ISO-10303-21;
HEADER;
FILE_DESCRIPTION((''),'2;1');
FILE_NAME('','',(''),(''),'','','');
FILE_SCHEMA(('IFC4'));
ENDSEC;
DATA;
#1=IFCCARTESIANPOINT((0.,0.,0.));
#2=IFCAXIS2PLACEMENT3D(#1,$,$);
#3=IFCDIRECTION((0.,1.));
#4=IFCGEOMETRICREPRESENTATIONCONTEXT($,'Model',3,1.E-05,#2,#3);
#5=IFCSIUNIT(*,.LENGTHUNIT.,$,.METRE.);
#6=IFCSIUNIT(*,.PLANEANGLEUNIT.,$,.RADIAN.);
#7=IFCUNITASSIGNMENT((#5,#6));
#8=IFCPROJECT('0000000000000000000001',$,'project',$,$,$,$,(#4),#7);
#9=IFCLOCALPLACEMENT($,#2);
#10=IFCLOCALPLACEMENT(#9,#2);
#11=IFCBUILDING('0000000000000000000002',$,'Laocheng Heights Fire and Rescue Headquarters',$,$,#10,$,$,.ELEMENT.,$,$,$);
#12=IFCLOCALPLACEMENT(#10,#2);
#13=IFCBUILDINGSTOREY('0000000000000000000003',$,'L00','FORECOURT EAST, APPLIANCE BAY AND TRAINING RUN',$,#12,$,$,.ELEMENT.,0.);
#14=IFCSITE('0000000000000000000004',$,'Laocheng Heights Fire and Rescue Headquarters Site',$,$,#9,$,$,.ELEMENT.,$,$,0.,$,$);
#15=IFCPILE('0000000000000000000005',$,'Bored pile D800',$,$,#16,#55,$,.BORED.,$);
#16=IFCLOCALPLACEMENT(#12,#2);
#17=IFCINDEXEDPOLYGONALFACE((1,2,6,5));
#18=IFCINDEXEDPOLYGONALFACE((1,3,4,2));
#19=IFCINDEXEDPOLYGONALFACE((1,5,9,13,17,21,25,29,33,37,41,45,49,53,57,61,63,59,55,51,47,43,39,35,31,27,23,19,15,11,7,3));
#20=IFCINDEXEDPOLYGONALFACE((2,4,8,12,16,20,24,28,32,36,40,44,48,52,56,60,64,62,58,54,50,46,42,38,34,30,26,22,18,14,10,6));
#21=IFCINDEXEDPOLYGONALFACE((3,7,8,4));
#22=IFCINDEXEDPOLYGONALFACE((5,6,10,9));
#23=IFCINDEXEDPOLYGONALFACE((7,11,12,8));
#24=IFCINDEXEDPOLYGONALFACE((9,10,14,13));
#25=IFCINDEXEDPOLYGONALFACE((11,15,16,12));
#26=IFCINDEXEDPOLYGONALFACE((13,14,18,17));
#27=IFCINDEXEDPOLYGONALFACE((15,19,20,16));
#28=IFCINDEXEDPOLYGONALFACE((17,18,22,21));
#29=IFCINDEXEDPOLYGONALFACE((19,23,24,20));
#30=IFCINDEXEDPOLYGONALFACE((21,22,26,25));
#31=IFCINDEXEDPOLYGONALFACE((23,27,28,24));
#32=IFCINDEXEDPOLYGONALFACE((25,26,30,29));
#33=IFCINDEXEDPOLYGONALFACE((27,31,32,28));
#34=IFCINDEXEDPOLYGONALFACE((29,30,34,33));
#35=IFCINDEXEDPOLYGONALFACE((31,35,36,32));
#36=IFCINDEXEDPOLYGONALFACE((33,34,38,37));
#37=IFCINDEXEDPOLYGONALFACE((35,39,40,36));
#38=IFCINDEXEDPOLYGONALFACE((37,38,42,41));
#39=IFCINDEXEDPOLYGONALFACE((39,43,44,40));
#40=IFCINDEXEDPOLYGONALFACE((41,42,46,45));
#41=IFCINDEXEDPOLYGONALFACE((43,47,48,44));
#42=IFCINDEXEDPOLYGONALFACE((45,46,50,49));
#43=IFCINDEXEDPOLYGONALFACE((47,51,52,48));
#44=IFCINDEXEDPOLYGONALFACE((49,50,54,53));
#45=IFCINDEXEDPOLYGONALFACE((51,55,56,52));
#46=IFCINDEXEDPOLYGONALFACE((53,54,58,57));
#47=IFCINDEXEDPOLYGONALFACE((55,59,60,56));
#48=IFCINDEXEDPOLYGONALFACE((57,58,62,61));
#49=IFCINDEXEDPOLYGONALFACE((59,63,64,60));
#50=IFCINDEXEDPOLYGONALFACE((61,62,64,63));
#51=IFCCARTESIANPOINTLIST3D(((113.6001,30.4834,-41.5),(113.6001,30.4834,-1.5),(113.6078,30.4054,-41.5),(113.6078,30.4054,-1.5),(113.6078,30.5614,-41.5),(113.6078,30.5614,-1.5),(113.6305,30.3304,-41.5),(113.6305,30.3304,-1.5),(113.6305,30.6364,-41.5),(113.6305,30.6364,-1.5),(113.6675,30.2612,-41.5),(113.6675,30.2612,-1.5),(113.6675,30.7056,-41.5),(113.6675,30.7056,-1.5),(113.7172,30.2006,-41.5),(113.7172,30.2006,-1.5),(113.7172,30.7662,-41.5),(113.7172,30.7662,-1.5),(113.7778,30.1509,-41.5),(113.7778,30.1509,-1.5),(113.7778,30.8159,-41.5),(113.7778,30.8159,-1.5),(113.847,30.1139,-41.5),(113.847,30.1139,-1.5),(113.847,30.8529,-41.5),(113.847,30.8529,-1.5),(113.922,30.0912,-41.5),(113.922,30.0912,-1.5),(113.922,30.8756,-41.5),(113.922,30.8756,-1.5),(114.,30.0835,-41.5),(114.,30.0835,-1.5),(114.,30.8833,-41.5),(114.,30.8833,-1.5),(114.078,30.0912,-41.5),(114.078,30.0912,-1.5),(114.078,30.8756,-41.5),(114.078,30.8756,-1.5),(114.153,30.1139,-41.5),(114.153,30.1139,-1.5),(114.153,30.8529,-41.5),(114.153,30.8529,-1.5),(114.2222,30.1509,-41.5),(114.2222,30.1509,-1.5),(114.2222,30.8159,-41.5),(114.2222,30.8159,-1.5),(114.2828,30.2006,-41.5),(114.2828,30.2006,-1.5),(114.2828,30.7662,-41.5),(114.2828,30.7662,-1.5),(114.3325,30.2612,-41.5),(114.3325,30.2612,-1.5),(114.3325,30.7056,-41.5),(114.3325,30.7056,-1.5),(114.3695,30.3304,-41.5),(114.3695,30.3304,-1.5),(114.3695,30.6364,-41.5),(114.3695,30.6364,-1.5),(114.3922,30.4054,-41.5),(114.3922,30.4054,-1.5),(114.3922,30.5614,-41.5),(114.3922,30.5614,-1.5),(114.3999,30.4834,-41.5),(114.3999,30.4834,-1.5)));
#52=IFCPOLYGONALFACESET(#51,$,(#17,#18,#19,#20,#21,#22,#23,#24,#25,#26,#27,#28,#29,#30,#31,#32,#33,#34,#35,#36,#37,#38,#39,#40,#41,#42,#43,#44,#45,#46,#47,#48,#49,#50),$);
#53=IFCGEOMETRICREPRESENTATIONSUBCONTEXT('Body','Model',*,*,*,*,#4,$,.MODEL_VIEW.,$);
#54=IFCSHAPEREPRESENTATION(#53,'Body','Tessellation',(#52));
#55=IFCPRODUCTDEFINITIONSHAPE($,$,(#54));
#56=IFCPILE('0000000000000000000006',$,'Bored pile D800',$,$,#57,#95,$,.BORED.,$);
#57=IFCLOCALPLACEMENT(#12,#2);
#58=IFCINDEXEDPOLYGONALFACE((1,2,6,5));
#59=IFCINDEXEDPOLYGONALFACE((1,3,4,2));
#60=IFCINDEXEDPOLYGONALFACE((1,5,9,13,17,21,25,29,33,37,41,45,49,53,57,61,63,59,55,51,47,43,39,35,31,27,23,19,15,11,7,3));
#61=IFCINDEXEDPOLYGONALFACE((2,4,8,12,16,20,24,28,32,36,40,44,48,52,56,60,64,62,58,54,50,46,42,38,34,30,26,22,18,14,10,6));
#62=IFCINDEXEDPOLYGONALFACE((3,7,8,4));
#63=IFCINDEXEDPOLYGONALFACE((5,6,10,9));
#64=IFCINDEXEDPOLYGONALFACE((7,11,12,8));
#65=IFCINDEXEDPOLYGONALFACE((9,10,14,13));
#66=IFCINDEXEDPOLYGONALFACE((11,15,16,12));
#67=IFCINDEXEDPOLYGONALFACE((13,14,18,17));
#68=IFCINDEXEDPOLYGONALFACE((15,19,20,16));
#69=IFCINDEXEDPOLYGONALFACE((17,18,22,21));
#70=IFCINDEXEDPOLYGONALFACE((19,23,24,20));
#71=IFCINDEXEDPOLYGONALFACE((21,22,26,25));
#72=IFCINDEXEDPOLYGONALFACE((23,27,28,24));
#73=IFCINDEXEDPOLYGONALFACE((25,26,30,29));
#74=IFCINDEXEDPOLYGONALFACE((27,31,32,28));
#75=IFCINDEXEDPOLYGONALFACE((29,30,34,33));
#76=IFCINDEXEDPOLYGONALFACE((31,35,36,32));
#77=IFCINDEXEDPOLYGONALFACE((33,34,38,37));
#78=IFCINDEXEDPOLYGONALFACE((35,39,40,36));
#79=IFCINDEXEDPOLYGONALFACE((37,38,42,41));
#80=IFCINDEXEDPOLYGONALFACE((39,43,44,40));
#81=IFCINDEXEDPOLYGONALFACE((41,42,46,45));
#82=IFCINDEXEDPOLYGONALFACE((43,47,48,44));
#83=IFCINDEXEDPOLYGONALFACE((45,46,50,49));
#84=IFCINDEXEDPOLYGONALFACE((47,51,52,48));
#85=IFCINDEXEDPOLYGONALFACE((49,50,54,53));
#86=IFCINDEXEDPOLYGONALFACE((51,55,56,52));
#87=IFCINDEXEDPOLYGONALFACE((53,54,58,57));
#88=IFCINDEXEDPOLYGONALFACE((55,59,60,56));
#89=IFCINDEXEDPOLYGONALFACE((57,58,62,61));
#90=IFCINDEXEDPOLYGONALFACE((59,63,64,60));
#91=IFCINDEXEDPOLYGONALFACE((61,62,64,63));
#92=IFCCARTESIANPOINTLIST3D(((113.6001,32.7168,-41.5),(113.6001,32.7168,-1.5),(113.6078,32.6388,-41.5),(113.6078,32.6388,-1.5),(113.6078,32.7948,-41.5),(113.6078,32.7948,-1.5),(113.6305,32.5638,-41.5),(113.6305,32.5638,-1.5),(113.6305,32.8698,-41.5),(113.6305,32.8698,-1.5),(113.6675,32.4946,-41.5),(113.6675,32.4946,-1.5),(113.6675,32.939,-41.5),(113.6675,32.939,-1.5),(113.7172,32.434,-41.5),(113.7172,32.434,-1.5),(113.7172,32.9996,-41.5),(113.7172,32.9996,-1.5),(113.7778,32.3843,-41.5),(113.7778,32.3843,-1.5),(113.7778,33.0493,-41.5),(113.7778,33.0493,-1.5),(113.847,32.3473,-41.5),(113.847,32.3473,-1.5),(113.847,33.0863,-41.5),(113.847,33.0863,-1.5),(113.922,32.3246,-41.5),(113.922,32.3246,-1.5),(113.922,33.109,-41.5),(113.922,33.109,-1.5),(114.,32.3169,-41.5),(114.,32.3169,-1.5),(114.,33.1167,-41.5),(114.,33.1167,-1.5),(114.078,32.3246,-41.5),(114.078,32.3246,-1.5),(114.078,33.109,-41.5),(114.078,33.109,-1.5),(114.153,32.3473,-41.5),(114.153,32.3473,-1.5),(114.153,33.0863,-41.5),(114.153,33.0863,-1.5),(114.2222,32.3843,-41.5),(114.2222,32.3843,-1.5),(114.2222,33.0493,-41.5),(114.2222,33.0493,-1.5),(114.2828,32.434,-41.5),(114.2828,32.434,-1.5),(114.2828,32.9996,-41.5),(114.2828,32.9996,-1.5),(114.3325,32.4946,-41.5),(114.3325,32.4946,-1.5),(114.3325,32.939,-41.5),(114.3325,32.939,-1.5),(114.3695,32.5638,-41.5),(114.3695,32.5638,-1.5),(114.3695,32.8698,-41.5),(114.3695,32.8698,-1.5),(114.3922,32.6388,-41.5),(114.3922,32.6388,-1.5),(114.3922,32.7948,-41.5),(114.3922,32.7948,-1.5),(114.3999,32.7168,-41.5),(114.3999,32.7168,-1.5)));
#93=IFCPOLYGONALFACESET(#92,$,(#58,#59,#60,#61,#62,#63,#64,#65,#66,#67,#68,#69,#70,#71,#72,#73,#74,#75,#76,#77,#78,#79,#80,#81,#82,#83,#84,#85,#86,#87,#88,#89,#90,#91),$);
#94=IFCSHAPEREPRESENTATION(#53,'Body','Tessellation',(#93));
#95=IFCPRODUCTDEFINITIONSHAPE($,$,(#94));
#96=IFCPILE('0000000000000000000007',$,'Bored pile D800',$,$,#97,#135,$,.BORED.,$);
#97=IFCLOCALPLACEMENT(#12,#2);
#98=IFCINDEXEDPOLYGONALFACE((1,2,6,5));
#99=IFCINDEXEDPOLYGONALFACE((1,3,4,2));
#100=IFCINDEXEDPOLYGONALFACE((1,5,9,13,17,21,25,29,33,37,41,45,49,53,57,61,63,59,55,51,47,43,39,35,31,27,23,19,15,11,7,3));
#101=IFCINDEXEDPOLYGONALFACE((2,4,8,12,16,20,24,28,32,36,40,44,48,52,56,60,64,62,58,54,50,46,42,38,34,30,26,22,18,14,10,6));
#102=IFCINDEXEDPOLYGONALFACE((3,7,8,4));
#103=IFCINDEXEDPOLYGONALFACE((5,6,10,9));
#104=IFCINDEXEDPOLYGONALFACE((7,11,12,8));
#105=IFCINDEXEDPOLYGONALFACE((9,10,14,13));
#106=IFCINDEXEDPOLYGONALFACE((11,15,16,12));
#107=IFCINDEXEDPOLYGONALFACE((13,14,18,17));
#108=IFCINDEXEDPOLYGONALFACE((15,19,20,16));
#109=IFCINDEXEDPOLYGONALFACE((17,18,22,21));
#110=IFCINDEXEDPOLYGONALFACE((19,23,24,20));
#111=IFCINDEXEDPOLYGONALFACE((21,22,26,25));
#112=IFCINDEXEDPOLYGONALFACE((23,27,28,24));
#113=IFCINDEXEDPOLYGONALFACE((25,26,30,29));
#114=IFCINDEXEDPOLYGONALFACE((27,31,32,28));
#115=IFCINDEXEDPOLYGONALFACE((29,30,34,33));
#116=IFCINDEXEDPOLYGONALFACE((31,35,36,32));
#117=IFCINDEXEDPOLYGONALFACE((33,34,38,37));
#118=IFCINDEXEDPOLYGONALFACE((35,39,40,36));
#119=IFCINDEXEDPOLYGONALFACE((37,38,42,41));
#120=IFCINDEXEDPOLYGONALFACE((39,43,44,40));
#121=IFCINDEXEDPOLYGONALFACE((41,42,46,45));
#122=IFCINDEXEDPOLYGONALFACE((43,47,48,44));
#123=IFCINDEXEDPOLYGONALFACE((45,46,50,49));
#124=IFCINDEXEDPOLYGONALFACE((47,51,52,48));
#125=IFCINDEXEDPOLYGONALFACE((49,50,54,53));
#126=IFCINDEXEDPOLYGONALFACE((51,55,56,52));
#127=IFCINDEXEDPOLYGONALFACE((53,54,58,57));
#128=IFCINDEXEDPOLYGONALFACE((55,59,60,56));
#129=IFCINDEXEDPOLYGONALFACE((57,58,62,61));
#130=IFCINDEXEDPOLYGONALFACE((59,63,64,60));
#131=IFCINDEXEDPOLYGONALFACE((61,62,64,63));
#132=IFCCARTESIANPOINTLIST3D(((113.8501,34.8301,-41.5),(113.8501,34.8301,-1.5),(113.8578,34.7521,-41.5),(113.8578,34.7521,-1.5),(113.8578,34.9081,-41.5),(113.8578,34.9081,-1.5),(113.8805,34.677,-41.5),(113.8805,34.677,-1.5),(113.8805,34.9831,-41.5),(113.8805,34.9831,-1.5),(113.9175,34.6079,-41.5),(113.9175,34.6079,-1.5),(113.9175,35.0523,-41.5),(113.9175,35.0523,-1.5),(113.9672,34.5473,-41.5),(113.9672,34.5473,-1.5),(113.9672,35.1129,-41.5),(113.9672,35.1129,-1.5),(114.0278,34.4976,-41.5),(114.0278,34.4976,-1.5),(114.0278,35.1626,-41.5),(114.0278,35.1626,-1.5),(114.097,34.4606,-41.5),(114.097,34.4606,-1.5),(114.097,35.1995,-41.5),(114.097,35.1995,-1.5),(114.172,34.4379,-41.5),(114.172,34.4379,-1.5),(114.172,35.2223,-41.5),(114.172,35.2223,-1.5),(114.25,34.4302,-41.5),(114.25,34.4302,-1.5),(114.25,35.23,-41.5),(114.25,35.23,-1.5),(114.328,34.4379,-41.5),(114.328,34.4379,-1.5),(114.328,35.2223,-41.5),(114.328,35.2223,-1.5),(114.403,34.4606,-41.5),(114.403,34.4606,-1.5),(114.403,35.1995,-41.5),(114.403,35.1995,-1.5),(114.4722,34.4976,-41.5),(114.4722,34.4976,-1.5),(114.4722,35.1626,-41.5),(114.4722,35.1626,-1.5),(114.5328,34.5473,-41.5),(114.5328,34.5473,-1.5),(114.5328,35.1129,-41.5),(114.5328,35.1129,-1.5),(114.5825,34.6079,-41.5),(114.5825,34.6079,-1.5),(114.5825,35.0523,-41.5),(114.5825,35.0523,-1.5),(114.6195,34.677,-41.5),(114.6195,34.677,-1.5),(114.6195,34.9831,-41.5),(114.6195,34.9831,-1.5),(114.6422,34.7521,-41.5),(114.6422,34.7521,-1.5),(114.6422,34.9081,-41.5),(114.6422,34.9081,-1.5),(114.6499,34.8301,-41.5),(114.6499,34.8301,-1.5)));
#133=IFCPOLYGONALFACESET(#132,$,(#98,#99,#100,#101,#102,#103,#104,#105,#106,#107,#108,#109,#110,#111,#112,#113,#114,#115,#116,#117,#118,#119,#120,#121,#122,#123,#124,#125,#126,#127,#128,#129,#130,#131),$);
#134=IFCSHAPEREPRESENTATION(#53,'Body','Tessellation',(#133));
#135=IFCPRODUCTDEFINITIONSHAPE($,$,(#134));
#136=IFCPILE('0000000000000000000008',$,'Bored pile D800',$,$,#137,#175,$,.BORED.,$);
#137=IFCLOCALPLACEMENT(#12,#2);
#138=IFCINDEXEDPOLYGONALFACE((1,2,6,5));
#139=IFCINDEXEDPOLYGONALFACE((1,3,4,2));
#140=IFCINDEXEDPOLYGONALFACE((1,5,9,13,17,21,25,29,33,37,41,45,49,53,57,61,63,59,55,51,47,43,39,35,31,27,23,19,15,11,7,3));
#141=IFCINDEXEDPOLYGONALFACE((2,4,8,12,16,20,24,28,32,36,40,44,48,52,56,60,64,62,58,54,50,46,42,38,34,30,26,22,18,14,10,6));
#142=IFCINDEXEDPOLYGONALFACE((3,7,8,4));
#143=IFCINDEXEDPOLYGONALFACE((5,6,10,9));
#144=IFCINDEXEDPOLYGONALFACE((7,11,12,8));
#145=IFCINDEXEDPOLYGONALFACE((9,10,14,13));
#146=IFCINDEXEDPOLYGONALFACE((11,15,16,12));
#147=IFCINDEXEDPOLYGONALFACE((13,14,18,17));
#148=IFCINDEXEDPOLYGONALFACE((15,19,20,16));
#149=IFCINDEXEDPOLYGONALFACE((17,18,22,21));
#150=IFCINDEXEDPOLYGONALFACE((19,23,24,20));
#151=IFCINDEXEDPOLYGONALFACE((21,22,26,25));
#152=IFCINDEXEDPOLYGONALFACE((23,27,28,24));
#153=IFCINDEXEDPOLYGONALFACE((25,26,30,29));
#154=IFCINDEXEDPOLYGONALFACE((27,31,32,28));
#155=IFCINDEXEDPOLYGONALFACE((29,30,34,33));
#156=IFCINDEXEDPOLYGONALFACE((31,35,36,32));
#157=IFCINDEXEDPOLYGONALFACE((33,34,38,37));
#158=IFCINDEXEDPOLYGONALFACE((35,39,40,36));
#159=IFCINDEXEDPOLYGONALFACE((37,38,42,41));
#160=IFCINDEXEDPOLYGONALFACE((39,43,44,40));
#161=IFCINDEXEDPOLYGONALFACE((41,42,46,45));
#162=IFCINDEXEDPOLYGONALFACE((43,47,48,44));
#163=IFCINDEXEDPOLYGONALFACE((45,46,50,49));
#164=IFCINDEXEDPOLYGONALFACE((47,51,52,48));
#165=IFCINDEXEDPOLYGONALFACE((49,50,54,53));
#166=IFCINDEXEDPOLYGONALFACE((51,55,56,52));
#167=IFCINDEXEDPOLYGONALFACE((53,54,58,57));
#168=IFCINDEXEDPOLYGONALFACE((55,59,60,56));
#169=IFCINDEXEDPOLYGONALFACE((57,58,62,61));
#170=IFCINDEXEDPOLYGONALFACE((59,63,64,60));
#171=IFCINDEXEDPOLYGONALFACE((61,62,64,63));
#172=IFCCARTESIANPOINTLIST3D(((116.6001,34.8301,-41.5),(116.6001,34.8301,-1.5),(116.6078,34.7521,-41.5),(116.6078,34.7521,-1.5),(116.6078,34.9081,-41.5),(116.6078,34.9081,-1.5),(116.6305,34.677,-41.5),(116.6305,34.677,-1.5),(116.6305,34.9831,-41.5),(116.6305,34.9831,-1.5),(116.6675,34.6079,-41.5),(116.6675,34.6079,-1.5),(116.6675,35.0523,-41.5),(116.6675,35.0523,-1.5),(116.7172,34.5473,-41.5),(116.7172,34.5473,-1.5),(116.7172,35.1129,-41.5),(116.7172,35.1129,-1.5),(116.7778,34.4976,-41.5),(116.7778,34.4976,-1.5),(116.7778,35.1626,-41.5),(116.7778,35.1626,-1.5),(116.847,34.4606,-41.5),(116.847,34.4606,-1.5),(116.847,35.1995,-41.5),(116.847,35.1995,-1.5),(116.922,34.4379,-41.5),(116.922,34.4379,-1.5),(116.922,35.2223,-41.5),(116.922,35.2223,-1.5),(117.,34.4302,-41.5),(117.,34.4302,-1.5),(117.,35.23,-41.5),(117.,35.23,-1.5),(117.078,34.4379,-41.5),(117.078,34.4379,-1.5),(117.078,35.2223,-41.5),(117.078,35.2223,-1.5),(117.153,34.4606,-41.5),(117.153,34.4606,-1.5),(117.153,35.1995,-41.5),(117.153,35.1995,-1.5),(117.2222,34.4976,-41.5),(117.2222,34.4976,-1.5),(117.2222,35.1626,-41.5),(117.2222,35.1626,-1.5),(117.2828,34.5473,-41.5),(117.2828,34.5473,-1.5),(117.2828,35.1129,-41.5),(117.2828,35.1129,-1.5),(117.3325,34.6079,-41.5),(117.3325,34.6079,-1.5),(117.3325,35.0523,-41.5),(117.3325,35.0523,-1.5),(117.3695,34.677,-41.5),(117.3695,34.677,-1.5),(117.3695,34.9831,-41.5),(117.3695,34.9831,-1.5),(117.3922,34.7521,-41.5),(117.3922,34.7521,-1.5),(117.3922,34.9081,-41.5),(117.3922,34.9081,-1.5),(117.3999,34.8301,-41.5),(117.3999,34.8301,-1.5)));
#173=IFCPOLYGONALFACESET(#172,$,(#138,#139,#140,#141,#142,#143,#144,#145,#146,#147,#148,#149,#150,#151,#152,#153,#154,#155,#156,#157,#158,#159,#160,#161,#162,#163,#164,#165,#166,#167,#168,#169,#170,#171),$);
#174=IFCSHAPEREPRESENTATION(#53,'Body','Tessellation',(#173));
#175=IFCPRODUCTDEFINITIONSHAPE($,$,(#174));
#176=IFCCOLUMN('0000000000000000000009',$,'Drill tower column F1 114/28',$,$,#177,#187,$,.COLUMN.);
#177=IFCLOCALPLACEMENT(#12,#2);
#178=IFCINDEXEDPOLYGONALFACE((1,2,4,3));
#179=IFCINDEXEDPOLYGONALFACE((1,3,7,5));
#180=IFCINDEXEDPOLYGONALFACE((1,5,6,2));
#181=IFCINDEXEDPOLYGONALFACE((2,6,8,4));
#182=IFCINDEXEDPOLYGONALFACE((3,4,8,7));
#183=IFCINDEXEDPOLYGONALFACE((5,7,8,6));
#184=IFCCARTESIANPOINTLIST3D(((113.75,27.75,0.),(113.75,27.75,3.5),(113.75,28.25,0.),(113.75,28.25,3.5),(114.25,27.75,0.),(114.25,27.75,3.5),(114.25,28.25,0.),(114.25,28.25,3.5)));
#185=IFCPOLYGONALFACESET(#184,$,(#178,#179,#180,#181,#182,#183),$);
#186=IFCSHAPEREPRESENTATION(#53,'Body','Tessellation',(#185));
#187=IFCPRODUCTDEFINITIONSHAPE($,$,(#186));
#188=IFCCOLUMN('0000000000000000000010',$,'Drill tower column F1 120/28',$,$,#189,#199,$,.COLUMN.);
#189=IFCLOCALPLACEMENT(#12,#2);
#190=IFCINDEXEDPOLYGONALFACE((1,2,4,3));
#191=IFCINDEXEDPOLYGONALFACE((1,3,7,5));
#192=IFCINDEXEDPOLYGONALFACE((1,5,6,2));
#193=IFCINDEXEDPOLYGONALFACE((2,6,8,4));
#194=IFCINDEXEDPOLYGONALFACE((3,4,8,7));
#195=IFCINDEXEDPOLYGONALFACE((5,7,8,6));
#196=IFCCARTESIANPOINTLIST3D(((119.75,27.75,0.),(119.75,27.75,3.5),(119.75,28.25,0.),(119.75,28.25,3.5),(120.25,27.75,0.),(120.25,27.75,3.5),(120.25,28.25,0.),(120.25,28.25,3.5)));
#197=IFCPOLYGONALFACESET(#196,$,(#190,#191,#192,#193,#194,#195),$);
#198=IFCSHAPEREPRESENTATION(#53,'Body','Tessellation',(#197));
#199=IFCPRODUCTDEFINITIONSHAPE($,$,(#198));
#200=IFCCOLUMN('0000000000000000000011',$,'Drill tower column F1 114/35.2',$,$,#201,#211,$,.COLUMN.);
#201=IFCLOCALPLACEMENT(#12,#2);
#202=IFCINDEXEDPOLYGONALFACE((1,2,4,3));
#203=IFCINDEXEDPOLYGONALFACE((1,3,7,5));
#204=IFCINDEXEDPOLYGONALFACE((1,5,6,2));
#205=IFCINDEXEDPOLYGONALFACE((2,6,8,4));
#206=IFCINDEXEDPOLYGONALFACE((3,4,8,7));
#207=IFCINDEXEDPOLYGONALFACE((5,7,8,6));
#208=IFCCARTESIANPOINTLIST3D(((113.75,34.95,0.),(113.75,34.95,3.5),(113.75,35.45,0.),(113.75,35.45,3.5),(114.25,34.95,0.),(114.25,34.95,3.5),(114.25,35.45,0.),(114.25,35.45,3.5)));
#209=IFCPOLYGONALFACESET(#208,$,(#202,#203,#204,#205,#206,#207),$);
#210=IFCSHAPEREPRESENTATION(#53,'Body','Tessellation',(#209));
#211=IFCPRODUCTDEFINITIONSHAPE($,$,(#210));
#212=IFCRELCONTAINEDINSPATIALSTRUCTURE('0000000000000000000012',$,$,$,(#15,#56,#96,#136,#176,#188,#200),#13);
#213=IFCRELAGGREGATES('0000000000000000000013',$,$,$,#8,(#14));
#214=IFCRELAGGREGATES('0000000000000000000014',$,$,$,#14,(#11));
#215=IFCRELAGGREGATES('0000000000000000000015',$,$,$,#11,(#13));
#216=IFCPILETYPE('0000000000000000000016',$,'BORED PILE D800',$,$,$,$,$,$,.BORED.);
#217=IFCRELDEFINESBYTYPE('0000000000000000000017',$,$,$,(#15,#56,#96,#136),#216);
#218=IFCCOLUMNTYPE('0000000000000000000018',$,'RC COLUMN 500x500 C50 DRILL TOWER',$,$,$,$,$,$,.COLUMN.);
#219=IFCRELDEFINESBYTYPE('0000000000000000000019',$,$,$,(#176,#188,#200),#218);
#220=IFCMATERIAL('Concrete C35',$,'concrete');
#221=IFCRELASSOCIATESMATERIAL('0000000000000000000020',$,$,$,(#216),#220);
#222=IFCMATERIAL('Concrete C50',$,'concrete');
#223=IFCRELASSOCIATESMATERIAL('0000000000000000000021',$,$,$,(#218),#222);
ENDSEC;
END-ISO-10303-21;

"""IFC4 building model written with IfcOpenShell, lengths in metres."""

from ifc_helpers import new_model, si_unit, direction, frame, origin, origin_2d, place, context, subcontext, project, spatial, rectangle, circle, extrude, material, material_profile, profile_set, type_object, element, save


model = new_model("IFC4")

# Units and contexts
model_context = context("Model", 3, precision=1e-05, world=origin(), true_north=direction((0.0, 1.0)))
body_context = subcontext(model_context, "Body", "Model", "MODEL_VIEW")
ifc_project = project(units=[si_unit("LENGTHUNIT", "METRE"), si_unit("PLANEANGLEUNIT", "RADIAN")], contexts=[model_context])

# Site, building, storey
site_placement = place(None, origin())
site = spatial("IfcSite", under=ifc_project, at=site_placement, Name="Laocheng Heights Fire and Rescue Headquarters Site", CompositionType="ELEMENT", RefElevation=0.0)
building_placement = place(site_placement, origin())
building = spatial("IfcBuilding", under=site, at=building_placement, Name="Laocheng Heights Fire and Rescue Headquarters", CompositionType="ELEMENT")
storey_placement = place(building_placement, origin())
storey = spatial("IfcBuildingStorey", under=building, at=storey_placement, Name="L00", Description="FORECOURT EAST, APPLIANCE BAY AND TRAINING RUN", CompositionType="ELEMENT", Elevation=0.0)

# Piles
ifc_material_1 = material(Name="Concrete C35", Category="concrete")
ifc_material_profile_1 = material_profile(ifc_material_1, circle(Radius=0.3999, at=origin_2d()), Name="BORED PILE D800")
ifc_profile_set_1 = profile_set([ifc_material_profile_1], Name="Concrete C35")
pile_type_1 = type_object("IfcPileType", Name="BORED PILE D800", PredefinedType="BORED", material=ifc_profile_set_1)
for number, where, z_axis, x_axis, name in (
    (1, (114.0, 30.4834, -1.5), (0.0, 0.0, -1.0), (1.0, 0.0, 0.0), "Bored pile D800"),
    (2, (114.0, 32.7168, -1.5), (0.0, 0.0, -1.0), (1.0, 0.0, 0.0), "Bored pile D800"),
    (3, (114.25, 34.8301, -1.5), (0.0, 0.0, -1.0), (1.0, 0.0, 0.0), "Bored pile D800"),
    (4, (117.0, 34.8301, -1.5), (0.0, 0.0, -1.0), (1.0, 0.0, 0.0), "Bored pile D800"),
):
    element("IfcPile", number, at=place(storey_placement, frame(where, z_axis=z_axis, x_axis=x_axis)), inside=storey, type_object=pile_type_1, Name=name, PredefinedType="BORED", context=body_context, shape_type="SweptSolid", body=[
        extrude(circle(Radius=0.3999, at=origin_2d()), origin(), (0.0, 0.0, 1.0), 40.0),
    ])

# Columns
ifc_material_2 = material(Name="Concrete C50", Category="concrete")
ifc_material_profile_2 = material_profile(ifc_material_2, rectangle(XDim=0.5, YDim=0.5, at=origin_2d()), Name="RC COLUMN 500x500 C50 DRILL TOWER")
ifc_profile_set_2 = profile_set([ifc_material_profile_2], Name="Concrete C50")
column_type = type_object("IfcColumnType", Name="RC COLUMN 500x500 C50 DRILL TOWER", PredefinedType="COLUMN", material=ifc_profile_set_2)
for number, where, z_axis, x_axis, name in (
    (5, (114.0, 28.0, 0.0), (0.0, 0.0, 1.0), (1.0, 0.0, 0.0), "Drill tower column F1 114/28"),
    (6, (120.0, 28.0, 0.0), (0.0, 0.0, 1.0), (1.0, 0.0, 0.0), "Drill tower column F1 120/28"),
    (7, (114.0, 35.2, 0.0), (0.0, 0.0, 1.0), (1.0, 0.0, 0.0), "Drill tower column F1 114/35.2"),
):
    element("IfcColumn", number, at=place(storey_placement, frame(where, z_axis=z_axis, x_axis=x_axis)), inside=storey, type_object=column_type, Name=name, PredefinedType="COLUMN", context=body_context, shape_type="SweptSolid", body=[
        extrude(rectangle(XDim=0.5, YDim=0.5, at=origin_2d()), origin(), (0.0, 0.0, 1.0), 3.5),
    ])

save(model, "model.ifc")
